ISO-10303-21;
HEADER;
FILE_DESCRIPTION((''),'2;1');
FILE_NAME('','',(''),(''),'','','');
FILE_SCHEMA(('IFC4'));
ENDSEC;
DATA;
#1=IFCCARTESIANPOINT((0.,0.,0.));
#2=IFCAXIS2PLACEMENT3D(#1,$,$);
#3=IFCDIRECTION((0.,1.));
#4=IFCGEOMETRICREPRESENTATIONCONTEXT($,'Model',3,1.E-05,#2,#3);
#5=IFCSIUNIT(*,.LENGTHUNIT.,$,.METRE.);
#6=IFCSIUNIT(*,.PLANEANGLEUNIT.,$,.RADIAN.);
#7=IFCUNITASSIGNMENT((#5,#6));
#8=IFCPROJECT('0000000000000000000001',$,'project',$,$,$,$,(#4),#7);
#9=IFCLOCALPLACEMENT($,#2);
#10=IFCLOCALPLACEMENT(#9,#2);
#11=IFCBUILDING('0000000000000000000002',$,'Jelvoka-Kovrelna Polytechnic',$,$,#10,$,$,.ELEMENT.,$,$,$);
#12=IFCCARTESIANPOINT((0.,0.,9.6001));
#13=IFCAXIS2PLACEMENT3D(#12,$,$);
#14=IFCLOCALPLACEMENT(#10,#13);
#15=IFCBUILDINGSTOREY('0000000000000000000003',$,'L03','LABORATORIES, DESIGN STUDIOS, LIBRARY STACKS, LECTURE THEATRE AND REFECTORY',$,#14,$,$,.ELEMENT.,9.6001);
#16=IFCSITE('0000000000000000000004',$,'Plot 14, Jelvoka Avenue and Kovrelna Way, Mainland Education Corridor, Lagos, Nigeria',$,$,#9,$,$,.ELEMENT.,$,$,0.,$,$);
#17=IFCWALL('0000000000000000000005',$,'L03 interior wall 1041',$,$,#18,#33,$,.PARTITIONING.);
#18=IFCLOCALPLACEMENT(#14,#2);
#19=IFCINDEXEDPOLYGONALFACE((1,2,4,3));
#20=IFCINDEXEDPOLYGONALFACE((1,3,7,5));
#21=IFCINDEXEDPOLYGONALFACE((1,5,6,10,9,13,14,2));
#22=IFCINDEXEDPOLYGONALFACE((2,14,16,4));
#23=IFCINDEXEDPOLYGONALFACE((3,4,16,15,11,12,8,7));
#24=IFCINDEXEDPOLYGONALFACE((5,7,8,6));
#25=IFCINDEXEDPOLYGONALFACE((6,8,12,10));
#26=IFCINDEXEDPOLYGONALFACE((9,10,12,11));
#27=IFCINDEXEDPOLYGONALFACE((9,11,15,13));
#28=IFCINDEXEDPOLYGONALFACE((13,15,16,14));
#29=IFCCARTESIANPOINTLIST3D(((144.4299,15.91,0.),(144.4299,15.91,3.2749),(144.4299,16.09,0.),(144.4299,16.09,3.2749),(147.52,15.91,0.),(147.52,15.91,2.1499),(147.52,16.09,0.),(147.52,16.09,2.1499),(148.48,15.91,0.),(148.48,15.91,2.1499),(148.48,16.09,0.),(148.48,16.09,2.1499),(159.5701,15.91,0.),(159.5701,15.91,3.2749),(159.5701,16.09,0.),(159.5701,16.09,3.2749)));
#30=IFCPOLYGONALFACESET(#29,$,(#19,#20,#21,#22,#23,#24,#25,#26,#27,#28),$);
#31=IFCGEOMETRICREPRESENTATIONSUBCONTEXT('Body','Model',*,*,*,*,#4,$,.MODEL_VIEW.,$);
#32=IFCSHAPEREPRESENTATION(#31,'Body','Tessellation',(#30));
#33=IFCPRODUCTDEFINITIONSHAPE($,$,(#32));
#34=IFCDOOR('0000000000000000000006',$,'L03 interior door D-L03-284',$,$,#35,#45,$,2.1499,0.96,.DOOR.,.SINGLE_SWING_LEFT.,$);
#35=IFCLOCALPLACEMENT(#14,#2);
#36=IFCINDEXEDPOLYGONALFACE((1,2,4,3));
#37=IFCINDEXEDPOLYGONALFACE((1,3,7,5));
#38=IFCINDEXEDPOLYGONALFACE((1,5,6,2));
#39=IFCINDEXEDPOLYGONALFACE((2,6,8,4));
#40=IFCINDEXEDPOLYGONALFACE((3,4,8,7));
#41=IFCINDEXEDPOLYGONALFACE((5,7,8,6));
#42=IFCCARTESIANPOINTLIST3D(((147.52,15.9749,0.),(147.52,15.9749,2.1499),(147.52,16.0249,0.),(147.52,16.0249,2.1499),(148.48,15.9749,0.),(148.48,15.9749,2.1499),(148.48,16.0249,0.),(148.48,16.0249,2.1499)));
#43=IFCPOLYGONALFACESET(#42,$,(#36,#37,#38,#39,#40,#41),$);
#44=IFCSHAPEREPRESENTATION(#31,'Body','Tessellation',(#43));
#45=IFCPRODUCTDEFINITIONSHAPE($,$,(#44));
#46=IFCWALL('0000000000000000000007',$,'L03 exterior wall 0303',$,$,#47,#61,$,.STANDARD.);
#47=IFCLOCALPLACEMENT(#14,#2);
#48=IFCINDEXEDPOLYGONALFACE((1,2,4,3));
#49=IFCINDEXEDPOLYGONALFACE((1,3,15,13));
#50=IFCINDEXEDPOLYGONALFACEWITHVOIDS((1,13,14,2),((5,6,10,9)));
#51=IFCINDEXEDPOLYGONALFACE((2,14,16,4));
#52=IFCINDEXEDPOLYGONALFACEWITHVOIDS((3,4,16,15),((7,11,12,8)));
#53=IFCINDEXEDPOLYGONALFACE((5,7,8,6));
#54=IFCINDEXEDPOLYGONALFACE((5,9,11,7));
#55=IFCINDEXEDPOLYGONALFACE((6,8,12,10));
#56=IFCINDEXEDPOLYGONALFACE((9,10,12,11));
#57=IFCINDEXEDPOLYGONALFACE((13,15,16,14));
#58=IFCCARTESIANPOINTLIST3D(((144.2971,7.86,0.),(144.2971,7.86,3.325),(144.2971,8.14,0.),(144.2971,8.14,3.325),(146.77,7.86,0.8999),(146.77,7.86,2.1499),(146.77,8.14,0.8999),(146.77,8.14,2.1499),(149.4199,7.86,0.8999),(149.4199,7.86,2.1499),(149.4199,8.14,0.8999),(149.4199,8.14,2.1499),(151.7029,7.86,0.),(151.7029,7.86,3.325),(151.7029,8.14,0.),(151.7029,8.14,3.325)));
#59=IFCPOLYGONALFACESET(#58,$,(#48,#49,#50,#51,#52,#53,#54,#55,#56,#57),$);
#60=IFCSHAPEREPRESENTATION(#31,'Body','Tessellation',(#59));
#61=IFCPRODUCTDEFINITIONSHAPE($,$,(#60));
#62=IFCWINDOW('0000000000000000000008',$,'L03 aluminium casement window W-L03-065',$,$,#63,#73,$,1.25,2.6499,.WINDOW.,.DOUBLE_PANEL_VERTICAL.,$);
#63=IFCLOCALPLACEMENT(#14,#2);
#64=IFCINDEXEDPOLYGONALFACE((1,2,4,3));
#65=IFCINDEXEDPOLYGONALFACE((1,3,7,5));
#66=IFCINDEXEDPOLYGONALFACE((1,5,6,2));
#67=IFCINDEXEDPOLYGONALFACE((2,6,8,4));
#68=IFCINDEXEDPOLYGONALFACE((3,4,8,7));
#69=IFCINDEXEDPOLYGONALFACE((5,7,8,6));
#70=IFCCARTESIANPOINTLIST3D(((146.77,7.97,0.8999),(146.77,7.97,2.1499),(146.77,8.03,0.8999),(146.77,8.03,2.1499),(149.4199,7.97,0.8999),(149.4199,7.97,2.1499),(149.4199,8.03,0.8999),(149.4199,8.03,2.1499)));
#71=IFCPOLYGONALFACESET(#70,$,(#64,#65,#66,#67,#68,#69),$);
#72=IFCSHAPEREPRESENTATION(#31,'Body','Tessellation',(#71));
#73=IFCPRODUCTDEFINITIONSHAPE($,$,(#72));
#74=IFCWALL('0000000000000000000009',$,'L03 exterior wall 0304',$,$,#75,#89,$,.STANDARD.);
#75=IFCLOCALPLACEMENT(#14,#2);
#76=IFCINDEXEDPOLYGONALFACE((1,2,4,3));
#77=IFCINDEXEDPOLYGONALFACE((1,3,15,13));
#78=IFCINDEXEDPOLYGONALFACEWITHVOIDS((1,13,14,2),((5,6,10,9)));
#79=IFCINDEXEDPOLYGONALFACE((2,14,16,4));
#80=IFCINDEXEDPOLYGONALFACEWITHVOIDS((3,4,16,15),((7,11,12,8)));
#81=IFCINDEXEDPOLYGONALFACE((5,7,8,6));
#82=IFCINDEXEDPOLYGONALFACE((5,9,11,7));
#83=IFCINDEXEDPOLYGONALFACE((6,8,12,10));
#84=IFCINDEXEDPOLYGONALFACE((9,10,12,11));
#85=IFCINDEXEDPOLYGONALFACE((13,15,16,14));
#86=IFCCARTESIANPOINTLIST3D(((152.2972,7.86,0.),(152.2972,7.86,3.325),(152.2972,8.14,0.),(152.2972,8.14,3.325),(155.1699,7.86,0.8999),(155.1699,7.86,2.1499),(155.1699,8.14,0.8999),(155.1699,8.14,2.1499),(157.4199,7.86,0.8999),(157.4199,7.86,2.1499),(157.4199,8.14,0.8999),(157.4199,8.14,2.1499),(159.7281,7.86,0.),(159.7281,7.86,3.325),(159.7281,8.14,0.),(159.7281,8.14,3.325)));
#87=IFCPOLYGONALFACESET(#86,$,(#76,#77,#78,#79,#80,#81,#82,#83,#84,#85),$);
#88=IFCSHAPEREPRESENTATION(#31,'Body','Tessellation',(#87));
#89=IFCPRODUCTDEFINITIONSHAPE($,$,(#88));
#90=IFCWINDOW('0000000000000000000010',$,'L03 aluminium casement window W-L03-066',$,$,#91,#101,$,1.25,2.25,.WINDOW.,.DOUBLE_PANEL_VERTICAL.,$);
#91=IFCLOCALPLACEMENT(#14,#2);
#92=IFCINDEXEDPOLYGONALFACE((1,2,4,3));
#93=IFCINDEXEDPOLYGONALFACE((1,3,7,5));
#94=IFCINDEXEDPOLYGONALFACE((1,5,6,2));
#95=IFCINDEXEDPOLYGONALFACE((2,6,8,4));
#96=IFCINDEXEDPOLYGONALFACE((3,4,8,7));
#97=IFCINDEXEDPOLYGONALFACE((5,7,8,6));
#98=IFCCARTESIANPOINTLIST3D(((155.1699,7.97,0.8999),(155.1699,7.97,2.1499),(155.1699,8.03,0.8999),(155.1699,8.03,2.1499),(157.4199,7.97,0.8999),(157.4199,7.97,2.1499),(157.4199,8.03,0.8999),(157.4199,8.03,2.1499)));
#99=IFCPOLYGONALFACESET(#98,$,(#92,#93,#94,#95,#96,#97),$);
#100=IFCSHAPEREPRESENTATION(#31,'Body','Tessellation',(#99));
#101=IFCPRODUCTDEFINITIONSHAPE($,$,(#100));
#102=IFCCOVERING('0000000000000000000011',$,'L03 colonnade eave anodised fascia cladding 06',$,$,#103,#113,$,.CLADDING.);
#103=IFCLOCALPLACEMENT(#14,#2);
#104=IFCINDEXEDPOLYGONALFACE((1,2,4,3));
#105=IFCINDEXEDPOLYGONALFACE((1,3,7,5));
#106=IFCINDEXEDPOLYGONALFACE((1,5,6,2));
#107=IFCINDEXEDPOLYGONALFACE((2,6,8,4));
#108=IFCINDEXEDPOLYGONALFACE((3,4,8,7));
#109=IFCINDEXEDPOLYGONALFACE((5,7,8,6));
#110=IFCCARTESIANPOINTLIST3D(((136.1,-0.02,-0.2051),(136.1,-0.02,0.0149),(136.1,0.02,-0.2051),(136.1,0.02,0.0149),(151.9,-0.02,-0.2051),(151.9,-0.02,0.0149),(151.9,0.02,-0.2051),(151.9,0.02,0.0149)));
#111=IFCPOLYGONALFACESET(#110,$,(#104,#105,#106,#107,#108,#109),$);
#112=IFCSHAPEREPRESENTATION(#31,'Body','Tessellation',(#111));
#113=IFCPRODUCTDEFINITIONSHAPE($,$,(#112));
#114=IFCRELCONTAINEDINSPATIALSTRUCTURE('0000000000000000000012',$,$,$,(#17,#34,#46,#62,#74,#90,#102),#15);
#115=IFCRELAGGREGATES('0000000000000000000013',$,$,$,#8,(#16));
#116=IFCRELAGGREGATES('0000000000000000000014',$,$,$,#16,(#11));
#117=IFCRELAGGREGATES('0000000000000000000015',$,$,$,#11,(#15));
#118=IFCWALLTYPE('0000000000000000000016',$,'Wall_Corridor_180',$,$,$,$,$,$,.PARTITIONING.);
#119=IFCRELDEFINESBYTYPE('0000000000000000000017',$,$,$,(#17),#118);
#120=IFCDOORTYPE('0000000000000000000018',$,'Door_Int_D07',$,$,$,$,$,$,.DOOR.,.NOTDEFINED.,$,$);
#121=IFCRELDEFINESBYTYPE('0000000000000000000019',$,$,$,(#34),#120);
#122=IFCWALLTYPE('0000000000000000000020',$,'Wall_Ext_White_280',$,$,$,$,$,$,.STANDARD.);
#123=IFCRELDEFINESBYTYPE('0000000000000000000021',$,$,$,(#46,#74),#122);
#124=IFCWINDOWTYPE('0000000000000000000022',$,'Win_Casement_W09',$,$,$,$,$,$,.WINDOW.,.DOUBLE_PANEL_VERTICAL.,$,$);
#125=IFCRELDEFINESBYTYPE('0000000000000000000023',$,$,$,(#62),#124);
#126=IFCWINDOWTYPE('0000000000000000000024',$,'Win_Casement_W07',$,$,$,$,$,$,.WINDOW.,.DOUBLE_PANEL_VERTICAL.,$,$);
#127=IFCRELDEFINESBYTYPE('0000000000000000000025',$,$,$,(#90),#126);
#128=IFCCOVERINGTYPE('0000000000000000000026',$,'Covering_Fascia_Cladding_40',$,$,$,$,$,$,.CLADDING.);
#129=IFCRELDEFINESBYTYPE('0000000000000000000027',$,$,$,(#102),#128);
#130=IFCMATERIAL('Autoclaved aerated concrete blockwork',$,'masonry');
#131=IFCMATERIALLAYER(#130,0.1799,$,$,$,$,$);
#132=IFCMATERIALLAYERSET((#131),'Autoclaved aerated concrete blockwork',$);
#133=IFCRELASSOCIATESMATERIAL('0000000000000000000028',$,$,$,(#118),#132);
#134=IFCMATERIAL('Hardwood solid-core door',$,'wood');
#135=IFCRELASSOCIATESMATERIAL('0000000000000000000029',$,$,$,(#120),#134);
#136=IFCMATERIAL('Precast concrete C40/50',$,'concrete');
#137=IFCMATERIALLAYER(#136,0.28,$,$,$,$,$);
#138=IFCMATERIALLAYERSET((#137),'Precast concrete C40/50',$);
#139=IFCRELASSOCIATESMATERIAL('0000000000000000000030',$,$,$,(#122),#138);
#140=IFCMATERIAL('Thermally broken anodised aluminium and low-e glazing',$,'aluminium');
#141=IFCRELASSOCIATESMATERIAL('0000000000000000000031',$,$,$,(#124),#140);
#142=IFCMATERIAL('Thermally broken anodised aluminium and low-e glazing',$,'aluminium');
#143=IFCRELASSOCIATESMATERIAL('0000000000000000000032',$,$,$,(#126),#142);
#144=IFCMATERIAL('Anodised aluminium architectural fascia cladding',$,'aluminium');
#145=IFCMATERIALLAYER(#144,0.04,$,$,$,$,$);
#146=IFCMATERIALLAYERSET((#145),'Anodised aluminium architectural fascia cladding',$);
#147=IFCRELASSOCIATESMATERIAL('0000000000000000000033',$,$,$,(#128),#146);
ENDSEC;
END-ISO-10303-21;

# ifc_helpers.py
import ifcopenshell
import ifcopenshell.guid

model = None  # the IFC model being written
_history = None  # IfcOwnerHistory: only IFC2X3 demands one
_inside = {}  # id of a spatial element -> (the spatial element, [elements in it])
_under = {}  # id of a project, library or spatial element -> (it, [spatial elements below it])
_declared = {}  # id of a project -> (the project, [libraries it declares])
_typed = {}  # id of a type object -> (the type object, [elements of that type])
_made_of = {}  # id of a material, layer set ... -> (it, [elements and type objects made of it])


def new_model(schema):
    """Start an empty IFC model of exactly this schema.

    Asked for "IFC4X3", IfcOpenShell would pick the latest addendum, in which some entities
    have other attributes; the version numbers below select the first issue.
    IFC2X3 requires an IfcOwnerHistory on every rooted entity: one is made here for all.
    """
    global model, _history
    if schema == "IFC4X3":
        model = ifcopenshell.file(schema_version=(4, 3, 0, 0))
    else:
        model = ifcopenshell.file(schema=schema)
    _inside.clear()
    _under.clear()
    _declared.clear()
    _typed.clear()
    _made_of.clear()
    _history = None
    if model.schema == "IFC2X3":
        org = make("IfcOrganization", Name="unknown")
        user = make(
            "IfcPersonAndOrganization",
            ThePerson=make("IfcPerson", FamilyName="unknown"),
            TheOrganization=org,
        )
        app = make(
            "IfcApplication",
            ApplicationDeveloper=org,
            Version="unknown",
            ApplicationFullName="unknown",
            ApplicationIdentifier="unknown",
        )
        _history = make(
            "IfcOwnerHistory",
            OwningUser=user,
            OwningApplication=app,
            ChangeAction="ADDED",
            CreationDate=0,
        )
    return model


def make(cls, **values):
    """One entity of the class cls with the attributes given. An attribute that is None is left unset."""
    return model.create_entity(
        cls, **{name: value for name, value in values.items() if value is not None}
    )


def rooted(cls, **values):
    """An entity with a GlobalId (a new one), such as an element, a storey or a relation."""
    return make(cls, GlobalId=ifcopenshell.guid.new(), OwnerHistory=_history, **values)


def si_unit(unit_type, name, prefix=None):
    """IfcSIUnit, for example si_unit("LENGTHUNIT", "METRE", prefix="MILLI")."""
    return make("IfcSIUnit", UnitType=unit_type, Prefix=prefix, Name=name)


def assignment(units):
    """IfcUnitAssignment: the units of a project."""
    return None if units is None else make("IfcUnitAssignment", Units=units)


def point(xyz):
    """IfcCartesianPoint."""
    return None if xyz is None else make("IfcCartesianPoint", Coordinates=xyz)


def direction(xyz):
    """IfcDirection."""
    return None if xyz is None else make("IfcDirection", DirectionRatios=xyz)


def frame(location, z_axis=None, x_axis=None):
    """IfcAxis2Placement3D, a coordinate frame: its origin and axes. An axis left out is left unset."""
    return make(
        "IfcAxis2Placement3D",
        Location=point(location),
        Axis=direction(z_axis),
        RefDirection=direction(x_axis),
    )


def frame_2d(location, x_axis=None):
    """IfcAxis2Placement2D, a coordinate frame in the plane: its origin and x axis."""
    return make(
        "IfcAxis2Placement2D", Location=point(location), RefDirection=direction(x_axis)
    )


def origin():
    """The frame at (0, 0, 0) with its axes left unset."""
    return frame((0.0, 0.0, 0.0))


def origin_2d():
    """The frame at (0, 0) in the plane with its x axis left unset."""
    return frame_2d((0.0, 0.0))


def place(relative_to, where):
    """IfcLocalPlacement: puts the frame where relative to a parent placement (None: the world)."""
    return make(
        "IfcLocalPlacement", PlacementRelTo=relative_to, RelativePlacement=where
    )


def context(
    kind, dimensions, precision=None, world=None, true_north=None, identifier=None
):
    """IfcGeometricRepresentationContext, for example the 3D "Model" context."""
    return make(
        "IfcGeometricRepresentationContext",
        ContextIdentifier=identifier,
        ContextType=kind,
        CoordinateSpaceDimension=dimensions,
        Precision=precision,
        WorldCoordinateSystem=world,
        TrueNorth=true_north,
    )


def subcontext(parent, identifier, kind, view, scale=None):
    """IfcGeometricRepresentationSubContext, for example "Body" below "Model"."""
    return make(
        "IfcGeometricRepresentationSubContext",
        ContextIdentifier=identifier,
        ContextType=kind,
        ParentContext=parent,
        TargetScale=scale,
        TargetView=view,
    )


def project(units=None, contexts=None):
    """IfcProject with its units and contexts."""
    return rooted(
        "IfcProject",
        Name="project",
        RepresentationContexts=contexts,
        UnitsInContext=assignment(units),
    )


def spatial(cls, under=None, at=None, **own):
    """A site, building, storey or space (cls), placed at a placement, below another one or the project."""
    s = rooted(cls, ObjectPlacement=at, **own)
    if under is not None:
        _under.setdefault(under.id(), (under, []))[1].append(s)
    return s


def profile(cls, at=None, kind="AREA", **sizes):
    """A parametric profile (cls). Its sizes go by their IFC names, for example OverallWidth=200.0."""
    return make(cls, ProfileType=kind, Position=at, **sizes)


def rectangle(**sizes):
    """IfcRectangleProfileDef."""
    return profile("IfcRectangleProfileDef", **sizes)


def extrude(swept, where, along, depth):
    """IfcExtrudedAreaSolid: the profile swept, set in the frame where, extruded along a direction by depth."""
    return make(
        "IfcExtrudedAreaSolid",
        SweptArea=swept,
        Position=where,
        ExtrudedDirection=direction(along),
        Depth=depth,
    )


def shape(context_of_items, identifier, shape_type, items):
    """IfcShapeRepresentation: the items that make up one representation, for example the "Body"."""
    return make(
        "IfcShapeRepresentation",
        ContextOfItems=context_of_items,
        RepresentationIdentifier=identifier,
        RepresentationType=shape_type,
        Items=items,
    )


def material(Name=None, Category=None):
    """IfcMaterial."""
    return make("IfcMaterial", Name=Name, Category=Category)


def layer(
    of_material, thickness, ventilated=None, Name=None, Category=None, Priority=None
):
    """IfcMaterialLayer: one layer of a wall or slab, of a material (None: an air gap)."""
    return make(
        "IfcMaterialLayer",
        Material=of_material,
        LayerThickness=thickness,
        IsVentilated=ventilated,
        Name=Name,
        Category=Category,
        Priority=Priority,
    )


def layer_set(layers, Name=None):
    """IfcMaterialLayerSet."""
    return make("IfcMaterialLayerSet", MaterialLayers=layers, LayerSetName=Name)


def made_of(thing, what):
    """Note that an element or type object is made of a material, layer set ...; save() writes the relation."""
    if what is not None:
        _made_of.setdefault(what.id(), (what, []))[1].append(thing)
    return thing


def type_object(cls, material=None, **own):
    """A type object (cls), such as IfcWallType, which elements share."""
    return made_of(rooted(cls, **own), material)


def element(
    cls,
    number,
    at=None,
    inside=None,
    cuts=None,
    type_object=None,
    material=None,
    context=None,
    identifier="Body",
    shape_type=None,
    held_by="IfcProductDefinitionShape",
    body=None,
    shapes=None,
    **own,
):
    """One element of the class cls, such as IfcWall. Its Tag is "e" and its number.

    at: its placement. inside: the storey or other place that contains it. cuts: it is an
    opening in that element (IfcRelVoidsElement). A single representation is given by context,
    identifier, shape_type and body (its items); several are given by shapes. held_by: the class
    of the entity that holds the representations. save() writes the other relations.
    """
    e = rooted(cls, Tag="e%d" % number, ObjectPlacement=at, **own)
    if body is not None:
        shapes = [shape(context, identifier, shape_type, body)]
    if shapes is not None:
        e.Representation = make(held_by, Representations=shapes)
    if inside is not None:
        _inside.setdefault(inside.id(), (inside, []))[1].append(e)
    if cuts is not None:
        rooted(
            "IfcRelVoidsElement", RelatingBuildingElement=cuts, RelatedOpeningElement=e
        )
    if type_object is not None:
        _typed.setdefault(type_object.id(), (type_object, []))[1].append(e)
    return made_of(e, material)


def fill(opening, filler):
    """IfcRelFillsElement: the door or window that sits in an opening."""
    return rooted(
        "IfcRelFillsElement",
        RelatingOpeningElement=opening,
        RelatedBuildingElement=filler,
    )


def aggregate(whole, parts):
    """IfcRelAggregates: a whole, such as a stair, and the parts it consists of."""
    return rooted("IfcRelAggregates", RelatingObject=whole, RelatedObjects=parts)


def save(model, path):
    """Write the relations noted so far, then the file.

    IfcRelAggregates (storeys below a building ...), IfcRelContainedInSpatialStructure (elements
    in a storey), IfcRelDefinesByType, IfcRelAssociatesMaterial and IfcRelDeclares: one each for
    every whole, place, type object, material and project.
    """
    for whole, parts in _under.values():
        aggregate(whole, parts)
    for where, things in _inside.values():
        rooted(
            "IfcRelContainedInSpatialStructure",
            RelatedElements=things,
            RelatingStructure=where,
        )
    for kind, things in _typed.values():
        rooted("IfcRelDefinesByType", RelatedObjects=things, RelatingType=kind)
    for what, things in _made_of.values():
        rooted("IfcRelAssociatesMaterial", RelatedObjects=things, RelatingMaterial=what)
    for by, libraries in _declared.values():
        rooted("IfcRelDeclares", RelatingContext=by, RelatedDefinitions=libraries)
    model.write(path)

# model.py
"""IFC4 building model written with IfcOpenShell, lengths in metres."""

from ifc_helpers import new_model, si_unit, direction, frame, frame_2d, origin, origin_2d, place, context, subcontext, project, spatial, rectangle, extrude, material, layer, layer_set, type_object, element, fill, save


model = new_model("IFC4")

# Units and contexts
model_context = context("Model", 3, precision=1e-05, world=origin(), true_north=direction((0.0, 1.0)))
body_context = subcontext(model_context, "Body", "Model", "MODEL_VIEW")
ifc_project = project(units=[si_unit("LENGTHUNIT", "METRE"), si_unit("PLANEANGLEUNIT", "RADIAN")], contexts=[model_context])

# Site, building, storey
site_placement = place(None, origin())
site = spatial("IfcSite", under=ifc_project, at=site_placement, Name="Plot 14, Jelvoka Avenue and Kovrelna Way, Mainland Education Corridor, Lagos, Nigeria", CompositionType="ELEMENT", RefElevation=0.0)
building_placement = place(site_placement, origin())
building = spatial("IfcBuilding", under=site, at=building_placement, Name="Jelvoka-Kovrelna Polytechnic", CompositionType="ELEMENT")
storey_placement = place(building_placement, frame((0.0, 0.0, 9.6001)))
storey = spatial("IfcBuildingStorey", under=building, at=storey_placement, Name="L03", Description="LABORATORIES, DESIGN STUDIOS, LIBRARY STACKS, LECTURE THEATRE AND REFECTORY", CompositionType="ELEMENT", Elevation=9.6001)

# Wall, opening, door
ifc_material_1 = material(Name="Autoclaved aerated concrete blockwork", Category="masonry")
ifc_layer_1 = layer(ifc_material_1, 0.1799)
ifc_layer_set_1 = layer_set([ifc_layer_1], Name="Autoclaved aerated concrete blockwork")
wall_type_1 = type_object("IfcWallType", Name="Wall_Corridor_180", PredefinedType="PARTITIONING", material=ifc_layer_set_1)
wall_1_placement = place(storey_placement, frame((144.4299, 16.0, 0.0), z_axis=(0.0, 0.0, 1.0), x_axis=(1.0, 0.0, 0.0)))
wall_1 = element("IfcWall", 1, at=wall_1_placement, inside=storey, type_object=wall_type_1, Name="L03 interior wall 1041", PredefinedType="PARTITIONING", context=body_context, shape_type="SweptSolid", body=[
    extrude(rectangle(XDim=15.1401, YDim=0.1799, at=frame_2d((7.5701, 0.0))), origin(), (0.0, 0.0, 1.0), 3.2749),
])
opening_1_placement = place(wall_1_placement, frame((3.0901, 0.0, 0.0)))
opening_1 = element("IfcOpeningElement", 2, at=opening_1_placement, cuts=wall_1, PredefinedType="OPENING", context=body_context, shape_type="SweptSolid", body=[
    extrude(rectangle(XDim=0.96, YDim=2.1499, at=frame_2d((0.48, 1.075))), frame((0.0, 0.0999, 0.0), z_axis=(0.0, -1.0, 0.0), x_axis=(1.0, 0.0, 0.0)), (0.0, 0.0, 1.0), 0.2),
])
ifc_material_2 = material(Name="Hardwood solid-core door", Category="wood")
door_type = type_object("IfcDoorType", Name="Door_Int_D07", OperationType="NOTDEFINED", PredefinedType="DOOR", material=ifc_material_2)
door_placement = place(opening_1_placement, origin())
door = element("IfcDoor", 3, at=door_placement, inside=storey, type_object=door_type, Name="L03 interior door D-L03-284", OperationType="SINGLE_SWING_LEFT", OverallHeight=2.1499, OverallWidth=0.96, PredefinedType="DOOR", context=body_context, shape_type="SweptSolid", body=[
    extrude(rectangle(XDim=0.96, YDim=2.1499, at=frame_2d((0.48, 1.075))), frame((0.0, 0.0249, 0.0), z_axis=(0.0, -1.0, 0.0), x_axis=(1.0, 0.0, 0.0)), (0.0, 0.0, 1.0), 0.05),
])
fill(opening_1, door)

# Walls, openings, windows
ifc_material_3 = material(Name="Precast concrete C40/50", Category="concrete")
ifc_layer_2 = layer(ifc_material_3, 0.28)
ifc_layer_set_2 = layer_set([ifc_layer_2], Name="Precast concrete C40/50")
wall_type_2 = type_object("IfcWallType", Name="Wall_Ext_White_280", PredefinedType="STANDARD", material=ifc_layer_set_2)
wall_2_placement = place(storey_placement, frame((151.7029, 8.0, 0.0), z_axis=(0.0, 0.0, 1.0), x_axis=(-1.0, 0.0, 0.0)))
wall_2 = element("IfcWall", 4, at=wall_2_placement, inside=storey, type_object=wall_type_2, Name="L03 exterior wall 0303", PredefinedType="STANDARD", context=body_context, shape_type="SweptSolid", body=[
    extrude(rectangle(XDim=7.4058, YDim=0.28, at=frame_2d((3.7029, 0.0))), origin(), (0.0, 0.0, 1.0), 3.325),
])
opening_2_placement = place(wall_2_placement, frame((2.283, 0.0, 0.8999)))
opening_2 = element("IfcOpeningElement", 5, at=opening_2_placement, cuts=wall_2, PredefinedType="OPENING", context=body_context, shape_type="SweptSolid", body=[
    extrude(rectangle(XDim=2.6499, YDim=1.25, at=frame_2d((1.325, 0.625))), frame((0.0, 0.1501, 0.0), z_axis=(0.0, -1.0, 0.0), x_axis=(1.0, 0.0, 0.0)), (0.0, 0.0, 1.0), 0.3),
])
ifc_material_4 = material(Name="Thermally broken anodised aluminium and low-e glazing", Category="aluminium")
window_type_1 = type_object("IfcWindowType", Name="Win_Casement_W09", PartitioningType="DOUBLE_PANEL_VERTICAL", PredefinedType="WINDOW", material=ifc_material_4)
window_1_placement = place(opening_2_placement, origin())
window_1 = element("IfcWindow", 6, at=window_1_placement, inside=storey, type_object=window_type_1, Name="L03 aluminium casement window W-L03-065", OverallHeight=1.25, OverallWidth=2.6499, PartitioningType="DOUBLE_PANEL_VERTICAL", PredefinedType="WINDOW", context=body_context, shape_type="SweptSolid", body=[
    extrude(rectangle(XDim=2.6499, YDim=1.25, at=frame_2d((1.325, 0.625))), frame((0.0, 0.03, 0.0), z_axis=(0.0, -1.0, 0.0), x_axis=(1.0, 0.0, 0.0)), (0.0, 0.0, 1.0), 0.0601),
])
fill(opening_2, window_1)
wall_3_placement = place(storey_placement, frame((159.728, 8.0, 0.0), z_axis=(0.0, 0.0, 1.0), x_axis=(-1.0, 0.0, 0.0)))
wall_3 = element("IfcWall", 7, at=wall_3_placement, inside=storey, type_object=wall_type_2, Name="L03 exterior wall 0304", PredefinedType="STANDARD", context=body_context, shape_type="SweptSolid", body=[
    extrude(rectangle(XDim=7.4309, YDim=0.28, at=frame_2d((3.7153, 0.0))), origin(), (0.0, 0.0, 1.0), 3.325),
])
opening_3_placement = place(wall_3_placement, frame((2.3081, 0.0, 0.8999)))
opening_3 = element("IfcOpeningElement", 8, at=opening_3_placement, cuts=wall_3, PredefinedType="OPENING", context=body_context, shape_type="SweptSolid", body=[
    extrude(rectangle(XDim=2.25, YDim=1.25, at=frame_2d((1.125, 0.625))), frame((0.0, 0.1501, 0.0), z_axis=(0.0, -1.0, 0.0), x_axis=(1.0, 0.0, 0.0)), (0.0, 0.0, 1.0), 0.3),
])
ifc_material_5 = material(Name="Thermally broken anodised aluminium and low-e glazing", Category="aluminium")
window_type_2 = type_object("IfcWindowType", Name="Win_Casement_W07", PartitioningType="DOUBLE_PANEL_VERTICAL", PredefinedType="WINDOW", material=ifc_material_5)
window_2_placement = place(opening_3_placement, origin())
window_2 = element("IfcWindow", 9, at=window_2_placement, inside=storey, type_object=window_type_2, Name="L03 aluminium casement window W-L03-066", OverallHeight=1.25, OverallWidth=2.25, PartitioningType="DOUBLE_PANEL_VERTICAL", PredefinedType="WINDOW", context=body_context, shape_type="SweptSolid", body=[
    extrude(rectangle(XDim=2.25, YDim=1.25, at=frame_2d((1.125, 0.625))), frame((0.0, 0.03, 0.0), z_axis=(0.0, -1.0, 0.0), x_axis=(1.0, 0.0, 0.0)), (0.0, 0.0, 1.0), 0.0601),
])
fill(opening_3, window_2)

# Covering
ifc_material_6 = material(Name="Anodised aluminium architectural fascia cladding", Category="aluminium")
ifc_layer_3 = layer(ifc_material_6, 0.04)
ifc_layer_set_3 = layer_set([ifc_layer_3], Name="Anodised aluminium architectural fascia cladding")
covering_type = type_object("IfcCoveringType", Name="Covering_Fascia_Cladding_40", PredefinedType="CLADDING", material=ifc_layer_set_3)
covering_placement = place(storey_placement, frame((144.0, 0.0, -0.2051), z_axis=(0.0, 0.0, 1.0), x_axis=(1.0, 0.0, 0.0)))
element("IfcCovering", 10, at=covering_placement, inside=storey, type_object=covering_type, Name="L03 colonnade eave anodised fascia cladding 06", PredefinedType="CLADDING", context=body_context, shape_type="SweptSolid", body=[
    extrude(rectangle(XDim=15.8, YDim=0.04, at=origin_2d()), origin(), (0.0, 0.0, 1.0), 0.22),
])

save(model, "model.ifc")
